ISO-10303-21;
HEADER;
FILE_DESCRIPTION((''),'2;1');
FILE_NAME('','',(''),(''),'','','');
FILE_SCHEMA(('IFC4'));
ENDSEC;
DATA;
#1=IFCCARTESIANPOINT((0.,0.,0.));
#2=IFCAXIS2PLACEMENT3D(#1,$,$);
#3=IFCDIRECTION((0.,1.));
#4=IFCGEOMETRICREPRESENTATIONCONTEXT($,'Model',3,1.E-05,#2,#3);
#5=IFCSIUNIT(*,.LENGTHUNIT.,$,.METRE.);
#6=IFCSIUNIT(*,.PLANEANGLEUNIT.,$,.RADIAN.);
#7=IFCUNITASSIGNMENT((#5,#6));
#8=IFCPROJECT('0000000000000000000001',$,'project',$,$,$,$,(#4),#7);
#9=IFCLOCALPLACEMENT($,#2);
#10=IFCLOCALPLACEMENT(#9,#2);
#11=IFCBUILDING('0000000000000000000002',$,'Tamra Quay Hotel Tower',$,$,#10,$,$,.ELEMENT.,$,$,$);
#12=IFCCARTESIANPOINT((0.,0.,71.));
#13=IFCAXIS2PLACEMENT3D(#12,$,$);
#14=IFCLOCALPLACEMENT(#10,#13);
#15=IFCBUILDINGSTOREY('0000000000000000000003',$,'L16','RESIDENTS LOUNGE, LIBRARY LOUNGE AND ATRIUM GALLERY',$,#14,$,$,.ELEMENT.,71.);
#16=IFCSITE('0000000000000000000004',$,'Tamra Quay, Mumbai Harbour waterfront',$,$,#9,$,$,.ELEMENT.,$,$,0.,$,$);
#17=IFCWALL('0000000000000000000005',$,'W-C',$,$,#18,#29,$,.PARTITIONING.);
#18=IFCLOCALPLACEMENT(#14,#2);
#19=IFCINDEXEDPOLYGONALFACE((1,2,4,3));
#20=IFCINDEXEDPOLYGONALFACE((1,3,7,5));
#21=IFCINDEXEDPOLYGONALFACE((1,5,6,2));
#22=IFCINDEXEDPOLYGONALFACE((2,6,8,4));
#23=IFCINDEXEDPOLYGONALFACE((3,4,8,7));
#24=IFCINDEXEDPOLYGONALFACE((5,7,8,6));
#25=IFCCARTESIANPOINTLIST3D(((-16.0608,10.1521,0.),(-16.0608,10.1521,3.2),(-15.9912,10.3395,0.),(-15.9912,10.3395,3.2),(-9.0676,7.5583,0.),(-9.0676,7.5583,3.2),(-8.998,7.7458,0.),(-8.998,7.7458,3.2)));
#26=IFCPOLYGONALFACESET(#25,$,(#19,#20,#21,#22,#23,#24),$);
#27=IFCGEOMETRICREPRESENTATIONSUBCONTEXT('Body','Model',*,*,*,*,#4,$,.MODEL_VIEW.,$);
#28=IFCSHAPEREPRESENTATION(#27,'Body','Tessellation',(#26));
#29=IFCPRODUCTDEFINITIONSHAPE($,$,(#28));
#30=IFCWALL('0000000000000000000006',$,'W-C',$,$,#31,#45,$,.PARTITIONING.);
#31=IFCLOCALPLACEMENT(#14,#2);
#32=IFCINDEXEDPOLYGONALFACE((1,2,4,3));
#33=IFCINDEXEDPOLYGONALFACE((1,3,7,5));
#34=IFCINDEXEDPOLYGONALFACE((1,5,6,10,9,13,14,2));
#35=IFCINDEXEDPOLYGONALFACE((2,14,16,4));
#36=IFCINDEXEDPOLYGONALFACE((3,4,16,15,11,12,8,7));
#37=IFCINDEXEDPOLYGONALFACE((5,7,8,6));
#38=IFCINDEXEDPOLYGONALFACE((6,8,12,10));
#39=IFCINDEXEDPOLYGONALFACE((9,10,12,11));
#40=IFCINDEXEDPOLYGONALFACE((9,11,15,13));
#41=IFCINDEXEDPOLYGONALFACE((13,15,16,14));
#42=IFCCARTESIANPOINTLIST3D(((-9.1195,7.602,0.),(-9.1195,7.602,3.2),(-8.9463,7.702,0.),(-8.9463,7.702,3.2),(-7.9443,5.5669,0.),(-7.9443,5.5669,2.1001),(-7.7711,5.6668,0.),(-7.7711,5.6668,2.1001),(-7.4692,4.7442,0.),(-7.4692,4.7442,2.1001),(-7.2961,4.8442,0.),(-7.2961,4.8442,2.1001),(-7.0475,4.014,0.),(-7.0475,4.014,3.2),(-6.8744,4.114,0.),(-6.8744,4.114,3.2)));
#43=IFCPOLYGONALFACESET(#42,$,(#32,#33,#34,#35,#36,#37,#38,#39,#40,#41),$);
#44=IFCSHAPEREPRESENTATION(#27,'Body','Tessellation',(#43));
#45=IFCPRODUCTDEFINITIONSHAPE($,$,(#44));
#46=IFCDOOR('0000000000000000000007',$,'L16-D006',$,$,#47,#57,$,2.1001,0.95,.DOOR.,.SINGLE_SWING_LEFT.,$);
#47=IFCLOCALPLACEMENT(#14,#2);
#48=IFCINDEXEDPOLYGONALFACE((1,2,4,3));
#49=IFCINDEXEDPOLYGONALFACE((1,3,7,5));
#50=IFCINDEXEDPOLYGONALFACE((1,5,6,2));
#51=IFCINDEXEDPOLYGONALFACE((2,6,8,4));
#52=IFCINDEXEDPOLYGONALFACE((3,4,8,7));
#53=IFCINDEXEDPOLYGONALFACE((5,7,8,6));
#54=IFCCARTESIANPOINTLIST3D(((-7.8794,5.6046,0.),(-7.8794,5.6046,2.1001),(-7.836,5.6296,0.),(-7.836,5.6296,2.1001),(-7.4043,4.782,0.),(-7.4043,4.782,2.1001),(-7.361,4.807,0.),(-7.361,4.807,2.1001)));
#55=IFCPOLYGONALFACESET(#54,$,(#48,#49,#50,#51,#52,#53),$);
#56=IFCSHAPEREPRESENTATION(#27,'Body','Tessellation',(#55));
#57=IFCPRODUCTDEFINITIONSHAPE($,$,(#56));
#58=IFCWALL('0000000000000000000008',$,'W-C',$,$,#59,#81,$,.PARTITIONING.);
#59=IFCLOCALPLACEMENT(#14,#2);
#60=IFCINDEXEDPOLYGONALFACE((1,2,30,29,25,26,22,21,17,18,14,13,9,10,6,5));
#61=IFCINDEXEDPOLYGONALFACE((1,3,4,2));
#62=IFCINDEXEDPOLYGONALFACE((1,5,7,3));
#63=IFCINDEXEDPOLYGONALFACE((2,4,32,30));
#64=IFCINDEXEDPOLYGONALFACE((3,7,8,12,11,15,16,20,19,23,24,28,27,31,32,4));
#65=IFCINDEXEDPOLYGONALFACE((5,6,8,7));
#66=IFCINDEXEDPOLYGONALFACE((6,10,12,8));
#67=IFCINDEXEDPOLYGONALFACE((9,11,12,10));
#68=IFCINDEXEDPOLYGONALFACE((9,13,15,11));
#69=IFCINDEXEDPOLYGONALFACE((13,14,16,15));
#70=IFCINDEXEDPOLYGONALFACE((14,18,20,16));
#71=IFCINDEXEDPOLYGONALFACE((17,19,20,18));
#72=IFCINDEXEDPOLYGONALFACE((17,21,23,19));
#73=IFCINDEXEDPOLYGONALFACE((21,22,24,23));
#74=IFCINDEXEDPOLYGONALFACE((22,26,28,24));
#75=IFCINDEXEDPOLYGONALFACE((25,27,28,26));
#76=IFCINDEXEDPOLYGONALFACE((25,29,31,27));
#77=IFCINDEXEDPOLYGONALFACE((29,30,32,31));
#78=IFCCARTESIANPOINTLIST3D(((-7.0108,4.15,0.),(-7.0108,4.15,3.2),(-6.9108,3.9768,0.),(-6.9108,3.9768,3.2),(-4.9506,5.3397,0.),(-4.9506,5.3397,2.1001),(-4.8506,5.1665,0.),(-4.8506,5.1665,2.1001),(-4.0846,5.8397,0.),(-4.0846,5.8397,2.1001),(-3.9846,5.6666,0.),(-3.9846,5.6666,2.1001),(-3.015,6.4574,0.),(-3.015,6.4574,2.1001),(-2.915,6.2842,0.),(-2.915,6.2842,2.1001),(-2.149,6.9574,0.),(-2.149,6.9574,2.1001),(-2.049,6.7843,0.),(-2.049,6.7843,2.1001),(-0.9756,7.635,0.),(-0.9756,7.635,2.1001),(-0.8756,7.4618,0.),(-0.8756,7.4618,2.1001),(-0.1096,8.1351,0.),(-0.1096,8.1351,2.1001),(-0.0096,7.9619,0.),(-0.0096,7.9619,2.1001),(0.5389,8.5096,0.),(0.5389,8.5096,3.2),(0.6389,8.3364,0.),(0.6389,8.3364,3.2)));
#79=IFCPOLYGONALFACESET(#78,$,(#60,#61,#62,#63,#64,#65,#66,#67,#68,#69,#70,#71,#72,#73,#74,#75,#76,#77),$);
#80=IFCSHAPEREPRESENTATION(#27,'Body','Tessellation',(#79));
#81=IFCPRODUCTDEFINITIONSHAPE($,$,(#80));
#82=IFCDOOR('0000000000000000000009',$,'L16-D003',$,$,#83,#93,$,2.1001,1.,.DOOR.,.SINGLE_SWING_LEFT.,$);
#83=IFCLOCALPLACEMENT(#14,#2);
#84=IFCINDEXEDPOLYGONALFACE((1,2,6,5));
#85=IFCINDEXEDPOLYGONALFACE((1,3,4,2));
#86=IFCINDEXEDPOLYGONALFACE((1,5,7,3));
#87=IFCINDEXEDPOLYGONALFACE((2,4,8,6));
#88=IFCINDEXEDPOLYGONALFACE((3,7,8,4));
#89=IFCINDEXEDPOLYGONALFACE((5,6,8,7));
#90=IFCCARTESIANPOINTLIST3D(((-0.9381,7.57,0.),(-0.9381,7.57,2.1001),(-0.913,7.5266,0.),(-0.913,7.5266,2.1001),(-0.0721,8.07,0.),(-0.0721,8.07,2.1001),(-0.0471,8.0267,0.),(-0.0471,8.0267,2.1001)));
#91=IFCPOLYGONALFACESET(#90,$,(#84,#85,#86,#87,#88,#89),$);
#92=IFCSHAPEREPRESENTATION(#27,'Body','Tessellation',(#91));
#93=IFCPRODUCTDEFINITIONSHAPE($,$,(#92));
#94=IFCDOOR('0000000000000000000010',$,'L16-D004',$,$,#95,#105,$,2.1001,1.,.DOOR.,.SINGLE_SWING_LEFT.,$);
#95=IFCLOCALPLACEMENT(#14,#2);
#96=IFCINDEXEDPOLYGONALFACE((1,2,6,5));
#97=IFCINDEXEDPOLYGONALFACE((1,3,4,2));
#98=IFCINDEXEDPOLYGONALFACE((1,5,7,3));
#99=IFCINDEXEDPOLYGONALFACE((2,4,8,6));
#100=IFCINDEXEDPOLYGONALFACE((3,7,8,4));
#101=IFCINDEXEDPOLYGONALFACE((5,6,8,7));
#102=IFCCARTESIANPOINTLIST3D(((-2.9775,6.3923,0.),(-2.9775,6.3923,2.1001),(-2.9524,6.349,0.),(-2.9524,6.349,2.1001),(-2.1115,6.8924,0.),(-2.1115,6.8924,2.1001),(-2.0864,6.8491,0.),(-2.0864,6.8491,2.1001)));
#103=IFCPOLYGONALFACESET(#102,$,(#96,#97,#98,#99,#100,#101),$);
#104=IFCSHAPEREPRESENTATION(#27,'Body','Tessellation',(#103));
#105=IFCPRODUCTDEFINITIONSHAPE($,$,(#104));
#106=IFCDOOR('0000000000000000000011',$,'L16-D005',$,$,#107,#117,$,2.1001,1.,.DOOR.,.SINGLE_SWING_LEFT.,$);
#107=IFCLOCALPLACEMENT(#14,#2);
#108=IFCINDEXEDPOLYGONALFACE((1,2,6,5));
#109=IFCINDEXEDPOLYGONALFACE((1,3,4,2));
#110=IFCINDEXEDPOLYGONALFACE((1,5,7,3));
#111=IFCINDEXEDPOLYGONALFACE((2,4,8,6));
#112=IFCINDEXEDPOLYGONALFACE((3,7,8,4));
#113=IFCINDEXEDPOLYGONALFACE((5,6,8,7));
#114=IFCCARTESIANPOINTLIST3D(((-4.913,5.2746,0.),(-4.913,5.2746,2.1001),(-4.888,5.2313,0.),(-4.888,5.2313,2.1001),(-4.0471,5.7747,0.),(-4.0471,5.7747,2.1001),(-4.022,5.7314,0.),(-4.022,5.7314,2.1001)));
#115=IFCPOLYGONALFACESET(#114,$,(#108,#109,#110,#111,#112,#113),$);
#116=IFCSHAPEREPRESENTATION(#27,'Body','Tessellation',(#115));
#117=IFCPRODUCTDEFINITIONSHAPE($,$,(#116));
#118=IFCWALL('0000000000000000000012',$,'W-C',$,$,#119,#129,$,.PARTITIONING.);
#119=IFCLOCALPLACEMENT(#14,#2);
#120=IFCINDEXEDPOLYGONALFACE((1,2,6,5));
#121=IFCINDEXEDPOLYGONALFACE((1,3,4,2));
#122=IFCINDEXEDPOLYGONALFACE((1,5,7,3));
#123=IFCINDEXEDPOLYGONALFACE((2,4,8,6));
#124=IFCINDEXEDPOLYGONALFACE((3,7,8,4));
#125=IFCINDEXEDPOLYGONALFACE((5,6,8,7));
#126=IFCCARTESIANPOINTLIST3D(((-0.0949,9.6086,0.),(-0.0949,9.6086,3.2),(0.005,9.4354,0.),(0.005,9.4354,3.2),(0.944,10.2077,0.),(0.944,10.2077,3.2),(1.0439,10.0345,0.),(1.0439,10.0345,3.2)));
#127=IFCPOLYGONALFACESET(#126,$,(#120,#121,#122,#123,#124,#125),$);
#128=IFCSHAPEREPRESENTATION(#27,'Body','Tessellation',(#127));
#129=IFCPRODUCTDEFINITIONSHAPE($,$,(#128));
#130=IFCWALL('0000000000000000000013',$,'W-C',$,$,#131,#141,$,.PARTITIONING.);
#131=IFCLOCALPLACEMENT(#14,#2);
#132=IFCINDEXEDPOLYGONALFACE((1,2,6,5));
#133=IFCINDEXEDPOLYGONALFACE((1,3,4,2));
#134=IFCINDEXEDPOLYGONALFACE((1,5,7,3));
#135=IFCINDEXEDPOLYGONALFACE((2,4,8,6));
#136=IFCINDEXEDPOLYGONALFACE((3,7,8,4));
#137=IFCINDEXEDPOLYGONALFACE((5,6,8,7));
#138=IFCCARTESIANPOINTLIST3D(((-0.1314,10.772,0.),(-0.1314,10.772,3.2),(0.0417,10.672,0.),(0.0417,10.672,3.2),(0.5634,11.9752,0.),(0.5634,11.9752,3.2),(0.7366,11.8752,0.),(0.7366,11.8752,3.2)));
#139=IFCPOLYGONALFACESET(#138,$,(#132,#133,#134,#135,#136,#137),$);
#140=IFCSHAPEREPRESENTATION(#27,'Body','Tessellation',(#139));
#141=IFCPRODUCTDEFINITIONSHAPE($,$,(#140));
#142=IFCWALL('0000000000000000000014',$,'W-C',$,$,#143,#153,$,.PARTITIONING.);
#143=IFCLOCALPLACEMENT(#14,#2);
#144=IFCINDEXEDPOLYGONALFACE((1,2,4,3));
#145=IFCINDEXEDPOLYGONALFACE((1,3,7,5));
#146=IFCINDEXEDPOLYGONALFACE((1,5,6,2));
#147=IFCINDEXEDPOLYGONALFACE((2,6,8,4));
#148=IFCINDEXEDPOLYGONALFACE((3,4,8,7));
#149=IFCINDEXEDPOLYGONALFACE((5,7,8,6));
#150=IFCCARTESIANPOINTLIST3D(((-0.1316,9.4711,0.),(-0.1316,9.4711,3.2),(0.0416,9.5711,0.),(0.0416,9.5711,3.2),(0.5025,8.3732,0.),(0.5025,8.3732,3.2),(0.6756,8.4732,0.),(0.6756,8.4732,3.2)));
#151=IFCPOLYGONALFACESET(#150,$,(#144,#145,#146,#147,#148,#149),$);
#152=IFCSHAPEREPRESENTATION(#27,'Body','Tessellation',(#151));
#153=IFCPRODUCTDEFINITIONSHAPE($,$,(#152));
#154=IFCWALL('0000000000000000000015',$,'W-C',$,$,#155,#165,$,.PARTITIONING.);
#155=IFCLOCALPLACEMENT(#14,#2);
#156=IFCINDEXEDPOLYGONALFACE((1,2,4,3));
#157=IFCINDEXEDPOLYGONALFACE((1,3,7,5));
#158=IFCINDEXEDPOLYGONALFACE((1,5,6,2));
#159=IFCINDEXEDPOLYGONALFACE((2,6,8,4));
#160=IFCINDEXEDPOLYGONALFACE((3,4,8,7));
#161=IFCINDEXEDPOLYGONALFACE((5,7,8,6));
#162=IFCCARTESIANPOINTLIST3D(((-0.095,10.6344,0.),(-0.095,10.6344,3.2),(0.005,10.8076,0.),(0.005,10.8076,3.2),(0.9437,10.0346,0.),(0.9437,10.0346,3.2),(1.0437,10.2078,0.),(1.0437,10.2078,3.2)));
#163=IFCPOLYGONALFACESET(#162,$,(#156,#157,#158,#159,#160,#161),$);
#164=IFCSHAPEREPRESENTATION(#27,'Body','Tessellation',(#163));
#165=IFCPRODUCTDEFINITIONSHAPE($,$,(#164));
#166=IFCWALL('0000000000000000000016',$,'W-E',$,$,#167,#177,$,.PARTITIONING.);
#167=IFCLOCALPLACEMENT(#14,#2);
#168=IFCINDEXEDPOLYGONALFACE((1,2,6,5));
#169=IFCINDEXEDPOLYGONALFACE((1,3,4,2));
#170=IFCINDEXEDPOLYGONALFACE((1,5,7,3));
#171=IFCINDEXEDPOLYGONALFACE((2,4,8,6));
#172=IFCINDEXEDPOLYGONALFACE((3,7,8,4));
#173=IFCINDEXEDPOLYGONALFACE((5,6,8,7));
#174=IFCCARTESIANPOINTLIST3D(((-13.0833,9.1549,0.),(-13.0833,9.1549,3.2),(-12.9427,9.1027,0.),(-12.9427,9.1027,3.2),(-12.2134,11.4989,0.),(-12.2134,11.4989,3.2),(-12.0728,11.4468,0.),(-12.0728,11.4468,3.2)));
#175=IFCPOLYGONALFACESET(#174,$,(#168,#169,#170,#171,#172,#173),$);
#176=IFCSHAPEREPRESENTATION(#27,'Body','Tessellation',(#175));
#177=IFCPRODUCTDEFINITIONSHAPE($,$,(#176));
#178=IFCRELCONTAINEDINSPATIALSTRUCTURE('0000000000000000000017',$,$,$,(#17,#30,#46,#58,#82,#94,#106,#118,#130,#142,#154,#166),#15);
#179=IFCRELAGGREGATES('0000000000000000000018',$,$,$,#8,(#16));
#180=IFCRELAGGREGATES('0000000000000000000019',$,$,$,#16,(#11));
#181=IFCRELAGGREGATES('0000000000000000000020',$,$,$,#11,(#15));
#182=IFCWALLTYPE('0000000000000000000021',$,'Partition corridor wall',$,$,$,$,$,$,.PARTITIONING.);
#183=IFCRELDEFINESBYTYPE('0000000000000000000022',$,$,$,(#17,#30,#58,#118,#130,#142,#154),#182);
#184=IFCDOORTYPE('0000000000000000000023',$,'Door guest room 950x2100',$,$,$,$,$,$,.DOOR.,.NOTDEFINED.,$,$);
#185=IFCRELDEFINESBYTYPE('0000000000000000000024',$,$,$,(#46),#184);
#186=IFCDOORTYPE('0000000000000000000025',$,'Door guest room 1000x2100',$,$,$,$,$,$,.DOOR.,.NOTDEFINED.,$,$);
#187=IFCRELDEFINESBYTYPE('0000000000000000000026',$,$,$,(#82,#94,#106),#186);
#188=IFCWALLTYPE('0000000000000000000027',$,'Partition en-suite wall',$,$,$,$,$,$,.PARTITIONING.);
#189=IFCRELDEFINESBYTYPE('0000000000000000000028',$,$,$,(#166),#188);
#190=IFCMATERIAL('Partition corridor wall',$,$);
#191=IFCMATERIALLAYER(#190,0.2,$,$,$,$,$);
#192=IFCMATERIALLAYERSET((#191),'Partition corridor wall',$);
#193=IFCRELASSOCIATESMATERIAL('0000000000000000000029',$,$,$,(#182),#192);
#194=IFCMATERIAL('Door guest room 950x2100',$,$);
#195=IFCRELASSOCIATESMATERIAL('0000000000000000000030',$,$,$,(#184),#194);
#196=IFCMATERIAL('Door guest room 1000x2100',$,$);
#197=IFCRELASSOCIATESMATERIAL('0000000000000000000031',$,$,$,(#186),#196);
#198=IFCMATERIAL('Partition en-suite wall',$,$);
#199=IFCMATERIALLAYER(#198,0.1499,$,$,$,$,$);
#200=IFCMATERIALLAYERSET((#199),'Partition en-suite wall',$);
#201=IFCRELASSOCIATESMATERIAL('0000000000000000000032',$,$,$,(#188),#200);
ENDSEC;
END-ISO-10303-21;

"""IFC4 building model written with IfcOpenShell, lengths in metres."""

from ifc_helpers import new_model, si_unit, direction, frame, frame_2d, origin, place, context, subcontext, project, spatial, rectangle, extrude, material, layer, layer_set, type_object, element, fill, save


model = new_model("IFC4")

# Units and contexts
model_context = context("Model", 3, precision=1e-05, world=origin(), true_north=direction((0.0, 1.0)))
body_context = subcontext(model_context, "Body", "Model", "MODEL_VIEW")
ifc_project = project(units=[si_unit("LENGTHUNIT", "METRE"), si_unit("PLANEANGLEUNIT", "RADIAN")], contexts=[model_context])

# Site, building, storey
site_placement = place(None, origin())
site = spatial("IfcSite", under=ifc_project, at=site_placement, Name="Tamra Quay, Mumbai Harbour waterfront", CompositionType="ELEMENT", RefElevation=0.0)
building_placement = place(site_placement, origin())
building = spatial("IfcBuilding", under=site, at=building_placement, Name="Tamra Quay Hotel Tower", CompositionType="ELEMENT")
storey_placement = place(building_placement, frame((0.0, 0.0, 71.0)))
storey = spatial("IfcBuildingStorey", under=building, at=storey_placement, Name="L16", Description="RESIDENTS LOUNGE, LIBRARY LOUNGE AND ATRIUM GALLERY", CompositionType="ELEMENT", Elevation=71.0)

# Wall
ifc_material_1 = material(Name="Partition corridor wall")
ifc_layer_1 = layer(ifc_material_1, 0.2)
ifc_layer_set_1 = layer_set([ifc_layer_1], Name="Partition corridor wall")
wall_type_1 = type_object("IfcWallType", Name="Partition corridor wall", PredefinedType="PARTITIONING", material=ifc_layer_set_1)
wall_1_placement = place(storey_placement, frame((-16.0261, 10.2458, 0.0), z_axis=(0.0, 0.0, 1.0), x_axis=(0.937588, -0.347749, 0.0)))
element("IfcWall", 1, at=wall_1_placement, inside=storey, type_object=wall_type_1, Name="W-C", PredefinedType="PARTITIONING", context=body_context, shape_type="SweptSolid", body=[
    extrude(rectangle(XDim=7.4587, YDim=0.2, at=frame_2d((3.7295, 0.0))), origin(), (0.0, 0.0, 1.0), 3.2),
])

# Wall, opening, door
wall_2_placement = place(storey_placement, frame((-9.033, 7.6521, 0.0), z_axis=(0.0, 0.0, 1.0), x_axis=(0.500074, -0.865982, 0.0)))
wall_2 = element("IfcWall", 2, at=wall_2_placement, inside=storey, type_object=wall_type_1, Name="W-C", PredefinedType="PARTITIONING", context=body_context, shape_type="SweptSolid", body=[
    extrude(rectangle(XDim=4.1433, YDim=0.2, at=frame_2d((2.0718, 0.0))), origin(), (0.0, 0.0, 1.0), 3.2),
])
opening_1_placement = place(wall_2_placement, frame((2.3501, 0.0, 0.0)))
opening_1 = element("IfcOpeningElement", 3, at=opening_1_placement, cuts=wall_2, PredefinedType="OPENING", context=body_context, shape_type="SweptSolid", body=[
    extrude(rectangle(XDim=0.95, YDim=2.1001, at=frame_2d((0.4751, 1.05))), frame((0.0, 0.1099, 0.0), z_axis=(0.0, -1.0, 0.0), x_axis=(1.0, 0.0, 0.0)), (0.0, 0.0, 1.0), 0.22),
])
ifc_material_2 = material(Name="Door guest room 950x2100")
door_type_1 = type_object("IfcDoorType", Name="Door guest room 950x2100", OperationType="NOTDEFINED", PredefinedType="DOOR", material=ifc_material_2)
door_1_placement = place(opening_1_placement, frame((0.95, 0.0, 0.0), z_axis=(0.0, 0.0, 1.0), x_axis=(-1.0, 0.0, 0.0)))
door_1 = element("IfcDoor", 4, at=door_1_placement, inside=storey, type_object=door_type_1, Name="L16-D006", OperationType="SINGLE_SWING_LEFT", OverallHeight=2.1001, OverallWidth=0.95, PredefinedType="DOOR", context=body_context, shape_type="SweptSolid", body=[
    extrude(rectangle(XDim=0.95, YDim=2.1001, at=frame_2d((0.4751, 1.05))), frame((0.0, 0.0249, 0.0), z_axis=(0.0, -1.0, 0.0), x_axis=(1.0, 0.0, 0.0)), (0.0, 0.0, 1.0), 0.05),
])
fill(opening_1, door_1)

# Wall, openings, doors
wall_3_placement = place(storey_placement, frame((-6.9607, 4.0635, 0.0), z_axis=(0.0, 0.0, 1.0), x_axis=(0.865989, 0.500063, 0.0)))
wall_3 = element("IfcWall", 5, at=wall_3_placement, inside=storey, type_object=wall_type_1, Name="W-C", PredefinedType="PARTITIONING", context=body_context, shape_type="SweptSolid", body=[
    extrude(rectangle(XDim=8.718, YDim=0.2, at=frame_2d((4.3589, 0.0))), origin(), (0.0, 0.0, 1.0), 3.2),
])
opening_2_placement = place(wall_3_placement, frame((6.969, 0.0, 0.0)))
opening_2 = element("IfcOpeningElement", 6, at=opening_2_placement, cuts=wall_3, PredefinedType="OPENING", context=body_context, shape_type="SweptSolid", body=[
    extrude(rectangle(XDim=1.0, YDim=2.1001, at=frame_2d((0.5, 1.05))), frame((0.0, 0.1099, 0.0), z_axis=(0.0, -1.0, 0.0), x_axis=(1.0, 0.0, 0.0)), (0.0, 0.0, 1.0), 0.22),
])
opening_3_placement = place(wall_3_placement, frame((4.614, 0.0, 0.0)))
opening_3 = element("IfcOpeningElement", 7, at=opening_3_placement, cuts=wall_3, PredefinedType="OPENING", context=body_context, shape_type="SweptSolid", body=[
    extrude(rectangle(XDim=1.0, YDim=2.1001, at=frame_2d((0.5, 1.05))), frame((0.0, 0.1099, 0.0), z_axis=(0.0, -1.0, 0.0), x_axis=(1.0, 0.0, 0.0)), (0.0, 0.0, 1.0), 0.22),
])
opening_4_placement = place(wall_3_placement, frame((2.3789, 0.0, 0.0)))
opening_4 = element("IfcOpeningElement", 8, at=opening_4_placement, cuts=wall_3, PredefinedType="OPENING", context=body_context, shape_type="SweptSolid", body=[
    extrude(rectangle(XDim=1.0, YDim=2.1001, at=frame_2d((0.5, 1.05))), frame((0.0, 0.1099, 0.0), z_axis=(0.0, -1.0, 0.0), x_axis=(1.0, 0.0, 0.0)), (0.0, 0.0, 1.0), 0.22),
])
ifc_material_3 = material(Name="Door guest room 1000x2100")
door_type_2 = type_object("IfcDoorType", Name="Door guest room 1000x2100", OperationType="NOTDEFINED", PredefinedType="DOOR", material=ifc_material_3)
door_2_placement = place(opening_2_placement, origin())
door_2 = element("IfcDoor", 9, at=door_2_placement, inside=storey, type_object=door_type_2, Name="L16-D003", OperationType="SINGLE_SWING_LEFT", OverallHeight=2.1001, OverallWidth=1.0, PredefinedType="DOOR", context=body_context, shape_type="SweptSolid", body=[
    extrude(rectangle(XDim=1.0, YDim=2.1001, at=frame_2d((0.5, 1.05))), frame((0.0, 0.0249, 0.0), z_axis=(0.0, -1.0, 0.0), x_axis=(1.0, 0.0, 0.0)), (0.0, 0.0, 1.0), 0.05),
])
fill(opening_2, door_2)
door_3_placement = place(opening_3_placement, origin())
door_3 = element("IfcDoor", 10, at=door_3_placement, inside=storey, type_object=door_type_2, Name="L16-D004", OperationType="SINGLE_SWING_LEFT", OverallHeight=2.1001, OverallWidth=1.0, PredefinedType="DOOR", context=body_context, shape_type="SweptSolid", body=[
    extrude(rectangle(XDim=1.0, YDim=2.1001, at=frame_2d((0.5, 1.05))), frame((0.0, 0.0249, 0.0), z_axis=(0.0, -1.0, 0.0), x_axis=(1.0, 0.0, 0.0)), (0.0, 0.0, 1.0), 0.05),
])
fill(opening_3, door_3)
door_4_placement = place(opening_4_placement, origin())
door_4 = element("IfcDoor", 11, at=door_4_placement, inside=storey, type_object=door_type_2, Name="L16-D005", OperationType="SINGLE_SWING_LEFT", OverallHeight=2.1001, OverallWidth=1.0, PredefinedType="DOOR", context=body_context, shape_type="SweptSolid", body=[
    extrude(rectangle(XDim=1.0, YDim=2.1001, at=frame_2d((0.5, 1.05))), frame((0.0, 0.0249, 0.0), z_axis=(0.0, -1.0, 0.0), x_axis=(1.0, 0.0, 0.0)), (0.0, 0.0, 1.0), 0.05),
])
fill(opening_4, door_4)

# Walls
wall_4_placement = place(storey_placement, frame((-0.0449, 9.522, 0.0), z_axis=(0.0, 0.0, 1.0), x_axis=(0.866257, 0.499599, 0.0)))
element("IfcWall", 12, at=wall_4_placement, inside=storey, type_object=wall_type_1, Name="W-C", PredefinedType="PARTITIONING", context=body_context, shape_type="SweptSolid", body=[
    extrude(rectangle(XDim=1.1992, YDim=0.2, at=frame_2d((0.5996, 0.0))), origin(), (0.0, 0.0, 1.0), 3.2),
])
wall_5_placement = place(storey_placement, frame((-0.0449, 10.7219, 0.0), z_axis=(0.0, 0.0, 1.0), x_axis=(0.500108, 0.865963, 0.0)))
element("IfcWall", 13, at=wall_5_placement, inside=storey, type_object=wall_type_1, Name="W-C", PredefinedType="PARTITIONING", context=body_context, shape_type="SweptSolid", body=[
    extrude(rectangle(XDim=1.3894, YDim=0.2, at=frame_2d((0.6948, 0.0))), origin(), (0.0, 0.0, 1.0), 3.2),
])
wall_6_placement = place(storey_placement, frame((-0.0449, 9.521, 0.0), z_axis=(0.0, 0.0, 1.0), x_axis=(0.500095, -0.865971, 0.0)))
element("IfcWall", 14, at=wall_6_placement, inside=storey, type_object=wall_type_1, Name="W-C", PredefinedType="PARTITIONING", context=body_context, shape_type="SweptSolid", body=[
    extrude(rectangle(XDim=1.2678, YDim=0.2, at=frame_2d((0.6338, 0.0))), origin(), (0.0, 0.0, 1.0), 3.2),
])
wall_7_placement = place(storey_placement, frame((-0.0449, 10.7209, 0.0), z_axis=(0.0, 0.0, 1.0), x_axis=(0.865992, -0.500057, 0.0)))
element("IfcWall", 15, at=wall_7_placement, inside=storey, type_object=wall_type_1, Name="W-C", PredefinedType="PARTITIONING", context=body_context, shape_type="SweptSolid", body=[
    extrude(rectangle(XDim=1.1995, YDim=0.2, at=frame_2d((0.5996, 0.0))), origin(), (0.0, 0.0, 1.0), 3.2),
])
ifc_material_4 = material(Name="Partition en-suite wall")
ifc_layer_2 = layer(ifc_material_4, 0.1499)
ifc_layer_set_2 = layer_set([ifc_layer_2], Name="Partition en-suite wall")
wall_type_2 = type_object("IfcWallType", Name="Partition en-suite wall", PredefinedType="PARTITIONING", material=ifc_layer_set_2)
wall_8_placement = place(storey_placement, frame((-13.0129, 9.1289, 0.0), z_axis=(0.0, 0.0, 1.0), x_axis=(0.347922, 0.937524, 0.0)))
element("IfcWall", 16, at=wall_8_placement, inside=storey, type_object=wall_type_2, Name="W-E", PredefinedType="PARTITIONING", context=body_context, shape_type="SweptSolid", body=[
    extrude(rectangle(XDim=2.5002, YDim=0.1499, at=frame_2d((1.25, 0.0))), origin(), (0.0, 0.0, 1.0), 3.2),
])

save(model, "model.ifc")
